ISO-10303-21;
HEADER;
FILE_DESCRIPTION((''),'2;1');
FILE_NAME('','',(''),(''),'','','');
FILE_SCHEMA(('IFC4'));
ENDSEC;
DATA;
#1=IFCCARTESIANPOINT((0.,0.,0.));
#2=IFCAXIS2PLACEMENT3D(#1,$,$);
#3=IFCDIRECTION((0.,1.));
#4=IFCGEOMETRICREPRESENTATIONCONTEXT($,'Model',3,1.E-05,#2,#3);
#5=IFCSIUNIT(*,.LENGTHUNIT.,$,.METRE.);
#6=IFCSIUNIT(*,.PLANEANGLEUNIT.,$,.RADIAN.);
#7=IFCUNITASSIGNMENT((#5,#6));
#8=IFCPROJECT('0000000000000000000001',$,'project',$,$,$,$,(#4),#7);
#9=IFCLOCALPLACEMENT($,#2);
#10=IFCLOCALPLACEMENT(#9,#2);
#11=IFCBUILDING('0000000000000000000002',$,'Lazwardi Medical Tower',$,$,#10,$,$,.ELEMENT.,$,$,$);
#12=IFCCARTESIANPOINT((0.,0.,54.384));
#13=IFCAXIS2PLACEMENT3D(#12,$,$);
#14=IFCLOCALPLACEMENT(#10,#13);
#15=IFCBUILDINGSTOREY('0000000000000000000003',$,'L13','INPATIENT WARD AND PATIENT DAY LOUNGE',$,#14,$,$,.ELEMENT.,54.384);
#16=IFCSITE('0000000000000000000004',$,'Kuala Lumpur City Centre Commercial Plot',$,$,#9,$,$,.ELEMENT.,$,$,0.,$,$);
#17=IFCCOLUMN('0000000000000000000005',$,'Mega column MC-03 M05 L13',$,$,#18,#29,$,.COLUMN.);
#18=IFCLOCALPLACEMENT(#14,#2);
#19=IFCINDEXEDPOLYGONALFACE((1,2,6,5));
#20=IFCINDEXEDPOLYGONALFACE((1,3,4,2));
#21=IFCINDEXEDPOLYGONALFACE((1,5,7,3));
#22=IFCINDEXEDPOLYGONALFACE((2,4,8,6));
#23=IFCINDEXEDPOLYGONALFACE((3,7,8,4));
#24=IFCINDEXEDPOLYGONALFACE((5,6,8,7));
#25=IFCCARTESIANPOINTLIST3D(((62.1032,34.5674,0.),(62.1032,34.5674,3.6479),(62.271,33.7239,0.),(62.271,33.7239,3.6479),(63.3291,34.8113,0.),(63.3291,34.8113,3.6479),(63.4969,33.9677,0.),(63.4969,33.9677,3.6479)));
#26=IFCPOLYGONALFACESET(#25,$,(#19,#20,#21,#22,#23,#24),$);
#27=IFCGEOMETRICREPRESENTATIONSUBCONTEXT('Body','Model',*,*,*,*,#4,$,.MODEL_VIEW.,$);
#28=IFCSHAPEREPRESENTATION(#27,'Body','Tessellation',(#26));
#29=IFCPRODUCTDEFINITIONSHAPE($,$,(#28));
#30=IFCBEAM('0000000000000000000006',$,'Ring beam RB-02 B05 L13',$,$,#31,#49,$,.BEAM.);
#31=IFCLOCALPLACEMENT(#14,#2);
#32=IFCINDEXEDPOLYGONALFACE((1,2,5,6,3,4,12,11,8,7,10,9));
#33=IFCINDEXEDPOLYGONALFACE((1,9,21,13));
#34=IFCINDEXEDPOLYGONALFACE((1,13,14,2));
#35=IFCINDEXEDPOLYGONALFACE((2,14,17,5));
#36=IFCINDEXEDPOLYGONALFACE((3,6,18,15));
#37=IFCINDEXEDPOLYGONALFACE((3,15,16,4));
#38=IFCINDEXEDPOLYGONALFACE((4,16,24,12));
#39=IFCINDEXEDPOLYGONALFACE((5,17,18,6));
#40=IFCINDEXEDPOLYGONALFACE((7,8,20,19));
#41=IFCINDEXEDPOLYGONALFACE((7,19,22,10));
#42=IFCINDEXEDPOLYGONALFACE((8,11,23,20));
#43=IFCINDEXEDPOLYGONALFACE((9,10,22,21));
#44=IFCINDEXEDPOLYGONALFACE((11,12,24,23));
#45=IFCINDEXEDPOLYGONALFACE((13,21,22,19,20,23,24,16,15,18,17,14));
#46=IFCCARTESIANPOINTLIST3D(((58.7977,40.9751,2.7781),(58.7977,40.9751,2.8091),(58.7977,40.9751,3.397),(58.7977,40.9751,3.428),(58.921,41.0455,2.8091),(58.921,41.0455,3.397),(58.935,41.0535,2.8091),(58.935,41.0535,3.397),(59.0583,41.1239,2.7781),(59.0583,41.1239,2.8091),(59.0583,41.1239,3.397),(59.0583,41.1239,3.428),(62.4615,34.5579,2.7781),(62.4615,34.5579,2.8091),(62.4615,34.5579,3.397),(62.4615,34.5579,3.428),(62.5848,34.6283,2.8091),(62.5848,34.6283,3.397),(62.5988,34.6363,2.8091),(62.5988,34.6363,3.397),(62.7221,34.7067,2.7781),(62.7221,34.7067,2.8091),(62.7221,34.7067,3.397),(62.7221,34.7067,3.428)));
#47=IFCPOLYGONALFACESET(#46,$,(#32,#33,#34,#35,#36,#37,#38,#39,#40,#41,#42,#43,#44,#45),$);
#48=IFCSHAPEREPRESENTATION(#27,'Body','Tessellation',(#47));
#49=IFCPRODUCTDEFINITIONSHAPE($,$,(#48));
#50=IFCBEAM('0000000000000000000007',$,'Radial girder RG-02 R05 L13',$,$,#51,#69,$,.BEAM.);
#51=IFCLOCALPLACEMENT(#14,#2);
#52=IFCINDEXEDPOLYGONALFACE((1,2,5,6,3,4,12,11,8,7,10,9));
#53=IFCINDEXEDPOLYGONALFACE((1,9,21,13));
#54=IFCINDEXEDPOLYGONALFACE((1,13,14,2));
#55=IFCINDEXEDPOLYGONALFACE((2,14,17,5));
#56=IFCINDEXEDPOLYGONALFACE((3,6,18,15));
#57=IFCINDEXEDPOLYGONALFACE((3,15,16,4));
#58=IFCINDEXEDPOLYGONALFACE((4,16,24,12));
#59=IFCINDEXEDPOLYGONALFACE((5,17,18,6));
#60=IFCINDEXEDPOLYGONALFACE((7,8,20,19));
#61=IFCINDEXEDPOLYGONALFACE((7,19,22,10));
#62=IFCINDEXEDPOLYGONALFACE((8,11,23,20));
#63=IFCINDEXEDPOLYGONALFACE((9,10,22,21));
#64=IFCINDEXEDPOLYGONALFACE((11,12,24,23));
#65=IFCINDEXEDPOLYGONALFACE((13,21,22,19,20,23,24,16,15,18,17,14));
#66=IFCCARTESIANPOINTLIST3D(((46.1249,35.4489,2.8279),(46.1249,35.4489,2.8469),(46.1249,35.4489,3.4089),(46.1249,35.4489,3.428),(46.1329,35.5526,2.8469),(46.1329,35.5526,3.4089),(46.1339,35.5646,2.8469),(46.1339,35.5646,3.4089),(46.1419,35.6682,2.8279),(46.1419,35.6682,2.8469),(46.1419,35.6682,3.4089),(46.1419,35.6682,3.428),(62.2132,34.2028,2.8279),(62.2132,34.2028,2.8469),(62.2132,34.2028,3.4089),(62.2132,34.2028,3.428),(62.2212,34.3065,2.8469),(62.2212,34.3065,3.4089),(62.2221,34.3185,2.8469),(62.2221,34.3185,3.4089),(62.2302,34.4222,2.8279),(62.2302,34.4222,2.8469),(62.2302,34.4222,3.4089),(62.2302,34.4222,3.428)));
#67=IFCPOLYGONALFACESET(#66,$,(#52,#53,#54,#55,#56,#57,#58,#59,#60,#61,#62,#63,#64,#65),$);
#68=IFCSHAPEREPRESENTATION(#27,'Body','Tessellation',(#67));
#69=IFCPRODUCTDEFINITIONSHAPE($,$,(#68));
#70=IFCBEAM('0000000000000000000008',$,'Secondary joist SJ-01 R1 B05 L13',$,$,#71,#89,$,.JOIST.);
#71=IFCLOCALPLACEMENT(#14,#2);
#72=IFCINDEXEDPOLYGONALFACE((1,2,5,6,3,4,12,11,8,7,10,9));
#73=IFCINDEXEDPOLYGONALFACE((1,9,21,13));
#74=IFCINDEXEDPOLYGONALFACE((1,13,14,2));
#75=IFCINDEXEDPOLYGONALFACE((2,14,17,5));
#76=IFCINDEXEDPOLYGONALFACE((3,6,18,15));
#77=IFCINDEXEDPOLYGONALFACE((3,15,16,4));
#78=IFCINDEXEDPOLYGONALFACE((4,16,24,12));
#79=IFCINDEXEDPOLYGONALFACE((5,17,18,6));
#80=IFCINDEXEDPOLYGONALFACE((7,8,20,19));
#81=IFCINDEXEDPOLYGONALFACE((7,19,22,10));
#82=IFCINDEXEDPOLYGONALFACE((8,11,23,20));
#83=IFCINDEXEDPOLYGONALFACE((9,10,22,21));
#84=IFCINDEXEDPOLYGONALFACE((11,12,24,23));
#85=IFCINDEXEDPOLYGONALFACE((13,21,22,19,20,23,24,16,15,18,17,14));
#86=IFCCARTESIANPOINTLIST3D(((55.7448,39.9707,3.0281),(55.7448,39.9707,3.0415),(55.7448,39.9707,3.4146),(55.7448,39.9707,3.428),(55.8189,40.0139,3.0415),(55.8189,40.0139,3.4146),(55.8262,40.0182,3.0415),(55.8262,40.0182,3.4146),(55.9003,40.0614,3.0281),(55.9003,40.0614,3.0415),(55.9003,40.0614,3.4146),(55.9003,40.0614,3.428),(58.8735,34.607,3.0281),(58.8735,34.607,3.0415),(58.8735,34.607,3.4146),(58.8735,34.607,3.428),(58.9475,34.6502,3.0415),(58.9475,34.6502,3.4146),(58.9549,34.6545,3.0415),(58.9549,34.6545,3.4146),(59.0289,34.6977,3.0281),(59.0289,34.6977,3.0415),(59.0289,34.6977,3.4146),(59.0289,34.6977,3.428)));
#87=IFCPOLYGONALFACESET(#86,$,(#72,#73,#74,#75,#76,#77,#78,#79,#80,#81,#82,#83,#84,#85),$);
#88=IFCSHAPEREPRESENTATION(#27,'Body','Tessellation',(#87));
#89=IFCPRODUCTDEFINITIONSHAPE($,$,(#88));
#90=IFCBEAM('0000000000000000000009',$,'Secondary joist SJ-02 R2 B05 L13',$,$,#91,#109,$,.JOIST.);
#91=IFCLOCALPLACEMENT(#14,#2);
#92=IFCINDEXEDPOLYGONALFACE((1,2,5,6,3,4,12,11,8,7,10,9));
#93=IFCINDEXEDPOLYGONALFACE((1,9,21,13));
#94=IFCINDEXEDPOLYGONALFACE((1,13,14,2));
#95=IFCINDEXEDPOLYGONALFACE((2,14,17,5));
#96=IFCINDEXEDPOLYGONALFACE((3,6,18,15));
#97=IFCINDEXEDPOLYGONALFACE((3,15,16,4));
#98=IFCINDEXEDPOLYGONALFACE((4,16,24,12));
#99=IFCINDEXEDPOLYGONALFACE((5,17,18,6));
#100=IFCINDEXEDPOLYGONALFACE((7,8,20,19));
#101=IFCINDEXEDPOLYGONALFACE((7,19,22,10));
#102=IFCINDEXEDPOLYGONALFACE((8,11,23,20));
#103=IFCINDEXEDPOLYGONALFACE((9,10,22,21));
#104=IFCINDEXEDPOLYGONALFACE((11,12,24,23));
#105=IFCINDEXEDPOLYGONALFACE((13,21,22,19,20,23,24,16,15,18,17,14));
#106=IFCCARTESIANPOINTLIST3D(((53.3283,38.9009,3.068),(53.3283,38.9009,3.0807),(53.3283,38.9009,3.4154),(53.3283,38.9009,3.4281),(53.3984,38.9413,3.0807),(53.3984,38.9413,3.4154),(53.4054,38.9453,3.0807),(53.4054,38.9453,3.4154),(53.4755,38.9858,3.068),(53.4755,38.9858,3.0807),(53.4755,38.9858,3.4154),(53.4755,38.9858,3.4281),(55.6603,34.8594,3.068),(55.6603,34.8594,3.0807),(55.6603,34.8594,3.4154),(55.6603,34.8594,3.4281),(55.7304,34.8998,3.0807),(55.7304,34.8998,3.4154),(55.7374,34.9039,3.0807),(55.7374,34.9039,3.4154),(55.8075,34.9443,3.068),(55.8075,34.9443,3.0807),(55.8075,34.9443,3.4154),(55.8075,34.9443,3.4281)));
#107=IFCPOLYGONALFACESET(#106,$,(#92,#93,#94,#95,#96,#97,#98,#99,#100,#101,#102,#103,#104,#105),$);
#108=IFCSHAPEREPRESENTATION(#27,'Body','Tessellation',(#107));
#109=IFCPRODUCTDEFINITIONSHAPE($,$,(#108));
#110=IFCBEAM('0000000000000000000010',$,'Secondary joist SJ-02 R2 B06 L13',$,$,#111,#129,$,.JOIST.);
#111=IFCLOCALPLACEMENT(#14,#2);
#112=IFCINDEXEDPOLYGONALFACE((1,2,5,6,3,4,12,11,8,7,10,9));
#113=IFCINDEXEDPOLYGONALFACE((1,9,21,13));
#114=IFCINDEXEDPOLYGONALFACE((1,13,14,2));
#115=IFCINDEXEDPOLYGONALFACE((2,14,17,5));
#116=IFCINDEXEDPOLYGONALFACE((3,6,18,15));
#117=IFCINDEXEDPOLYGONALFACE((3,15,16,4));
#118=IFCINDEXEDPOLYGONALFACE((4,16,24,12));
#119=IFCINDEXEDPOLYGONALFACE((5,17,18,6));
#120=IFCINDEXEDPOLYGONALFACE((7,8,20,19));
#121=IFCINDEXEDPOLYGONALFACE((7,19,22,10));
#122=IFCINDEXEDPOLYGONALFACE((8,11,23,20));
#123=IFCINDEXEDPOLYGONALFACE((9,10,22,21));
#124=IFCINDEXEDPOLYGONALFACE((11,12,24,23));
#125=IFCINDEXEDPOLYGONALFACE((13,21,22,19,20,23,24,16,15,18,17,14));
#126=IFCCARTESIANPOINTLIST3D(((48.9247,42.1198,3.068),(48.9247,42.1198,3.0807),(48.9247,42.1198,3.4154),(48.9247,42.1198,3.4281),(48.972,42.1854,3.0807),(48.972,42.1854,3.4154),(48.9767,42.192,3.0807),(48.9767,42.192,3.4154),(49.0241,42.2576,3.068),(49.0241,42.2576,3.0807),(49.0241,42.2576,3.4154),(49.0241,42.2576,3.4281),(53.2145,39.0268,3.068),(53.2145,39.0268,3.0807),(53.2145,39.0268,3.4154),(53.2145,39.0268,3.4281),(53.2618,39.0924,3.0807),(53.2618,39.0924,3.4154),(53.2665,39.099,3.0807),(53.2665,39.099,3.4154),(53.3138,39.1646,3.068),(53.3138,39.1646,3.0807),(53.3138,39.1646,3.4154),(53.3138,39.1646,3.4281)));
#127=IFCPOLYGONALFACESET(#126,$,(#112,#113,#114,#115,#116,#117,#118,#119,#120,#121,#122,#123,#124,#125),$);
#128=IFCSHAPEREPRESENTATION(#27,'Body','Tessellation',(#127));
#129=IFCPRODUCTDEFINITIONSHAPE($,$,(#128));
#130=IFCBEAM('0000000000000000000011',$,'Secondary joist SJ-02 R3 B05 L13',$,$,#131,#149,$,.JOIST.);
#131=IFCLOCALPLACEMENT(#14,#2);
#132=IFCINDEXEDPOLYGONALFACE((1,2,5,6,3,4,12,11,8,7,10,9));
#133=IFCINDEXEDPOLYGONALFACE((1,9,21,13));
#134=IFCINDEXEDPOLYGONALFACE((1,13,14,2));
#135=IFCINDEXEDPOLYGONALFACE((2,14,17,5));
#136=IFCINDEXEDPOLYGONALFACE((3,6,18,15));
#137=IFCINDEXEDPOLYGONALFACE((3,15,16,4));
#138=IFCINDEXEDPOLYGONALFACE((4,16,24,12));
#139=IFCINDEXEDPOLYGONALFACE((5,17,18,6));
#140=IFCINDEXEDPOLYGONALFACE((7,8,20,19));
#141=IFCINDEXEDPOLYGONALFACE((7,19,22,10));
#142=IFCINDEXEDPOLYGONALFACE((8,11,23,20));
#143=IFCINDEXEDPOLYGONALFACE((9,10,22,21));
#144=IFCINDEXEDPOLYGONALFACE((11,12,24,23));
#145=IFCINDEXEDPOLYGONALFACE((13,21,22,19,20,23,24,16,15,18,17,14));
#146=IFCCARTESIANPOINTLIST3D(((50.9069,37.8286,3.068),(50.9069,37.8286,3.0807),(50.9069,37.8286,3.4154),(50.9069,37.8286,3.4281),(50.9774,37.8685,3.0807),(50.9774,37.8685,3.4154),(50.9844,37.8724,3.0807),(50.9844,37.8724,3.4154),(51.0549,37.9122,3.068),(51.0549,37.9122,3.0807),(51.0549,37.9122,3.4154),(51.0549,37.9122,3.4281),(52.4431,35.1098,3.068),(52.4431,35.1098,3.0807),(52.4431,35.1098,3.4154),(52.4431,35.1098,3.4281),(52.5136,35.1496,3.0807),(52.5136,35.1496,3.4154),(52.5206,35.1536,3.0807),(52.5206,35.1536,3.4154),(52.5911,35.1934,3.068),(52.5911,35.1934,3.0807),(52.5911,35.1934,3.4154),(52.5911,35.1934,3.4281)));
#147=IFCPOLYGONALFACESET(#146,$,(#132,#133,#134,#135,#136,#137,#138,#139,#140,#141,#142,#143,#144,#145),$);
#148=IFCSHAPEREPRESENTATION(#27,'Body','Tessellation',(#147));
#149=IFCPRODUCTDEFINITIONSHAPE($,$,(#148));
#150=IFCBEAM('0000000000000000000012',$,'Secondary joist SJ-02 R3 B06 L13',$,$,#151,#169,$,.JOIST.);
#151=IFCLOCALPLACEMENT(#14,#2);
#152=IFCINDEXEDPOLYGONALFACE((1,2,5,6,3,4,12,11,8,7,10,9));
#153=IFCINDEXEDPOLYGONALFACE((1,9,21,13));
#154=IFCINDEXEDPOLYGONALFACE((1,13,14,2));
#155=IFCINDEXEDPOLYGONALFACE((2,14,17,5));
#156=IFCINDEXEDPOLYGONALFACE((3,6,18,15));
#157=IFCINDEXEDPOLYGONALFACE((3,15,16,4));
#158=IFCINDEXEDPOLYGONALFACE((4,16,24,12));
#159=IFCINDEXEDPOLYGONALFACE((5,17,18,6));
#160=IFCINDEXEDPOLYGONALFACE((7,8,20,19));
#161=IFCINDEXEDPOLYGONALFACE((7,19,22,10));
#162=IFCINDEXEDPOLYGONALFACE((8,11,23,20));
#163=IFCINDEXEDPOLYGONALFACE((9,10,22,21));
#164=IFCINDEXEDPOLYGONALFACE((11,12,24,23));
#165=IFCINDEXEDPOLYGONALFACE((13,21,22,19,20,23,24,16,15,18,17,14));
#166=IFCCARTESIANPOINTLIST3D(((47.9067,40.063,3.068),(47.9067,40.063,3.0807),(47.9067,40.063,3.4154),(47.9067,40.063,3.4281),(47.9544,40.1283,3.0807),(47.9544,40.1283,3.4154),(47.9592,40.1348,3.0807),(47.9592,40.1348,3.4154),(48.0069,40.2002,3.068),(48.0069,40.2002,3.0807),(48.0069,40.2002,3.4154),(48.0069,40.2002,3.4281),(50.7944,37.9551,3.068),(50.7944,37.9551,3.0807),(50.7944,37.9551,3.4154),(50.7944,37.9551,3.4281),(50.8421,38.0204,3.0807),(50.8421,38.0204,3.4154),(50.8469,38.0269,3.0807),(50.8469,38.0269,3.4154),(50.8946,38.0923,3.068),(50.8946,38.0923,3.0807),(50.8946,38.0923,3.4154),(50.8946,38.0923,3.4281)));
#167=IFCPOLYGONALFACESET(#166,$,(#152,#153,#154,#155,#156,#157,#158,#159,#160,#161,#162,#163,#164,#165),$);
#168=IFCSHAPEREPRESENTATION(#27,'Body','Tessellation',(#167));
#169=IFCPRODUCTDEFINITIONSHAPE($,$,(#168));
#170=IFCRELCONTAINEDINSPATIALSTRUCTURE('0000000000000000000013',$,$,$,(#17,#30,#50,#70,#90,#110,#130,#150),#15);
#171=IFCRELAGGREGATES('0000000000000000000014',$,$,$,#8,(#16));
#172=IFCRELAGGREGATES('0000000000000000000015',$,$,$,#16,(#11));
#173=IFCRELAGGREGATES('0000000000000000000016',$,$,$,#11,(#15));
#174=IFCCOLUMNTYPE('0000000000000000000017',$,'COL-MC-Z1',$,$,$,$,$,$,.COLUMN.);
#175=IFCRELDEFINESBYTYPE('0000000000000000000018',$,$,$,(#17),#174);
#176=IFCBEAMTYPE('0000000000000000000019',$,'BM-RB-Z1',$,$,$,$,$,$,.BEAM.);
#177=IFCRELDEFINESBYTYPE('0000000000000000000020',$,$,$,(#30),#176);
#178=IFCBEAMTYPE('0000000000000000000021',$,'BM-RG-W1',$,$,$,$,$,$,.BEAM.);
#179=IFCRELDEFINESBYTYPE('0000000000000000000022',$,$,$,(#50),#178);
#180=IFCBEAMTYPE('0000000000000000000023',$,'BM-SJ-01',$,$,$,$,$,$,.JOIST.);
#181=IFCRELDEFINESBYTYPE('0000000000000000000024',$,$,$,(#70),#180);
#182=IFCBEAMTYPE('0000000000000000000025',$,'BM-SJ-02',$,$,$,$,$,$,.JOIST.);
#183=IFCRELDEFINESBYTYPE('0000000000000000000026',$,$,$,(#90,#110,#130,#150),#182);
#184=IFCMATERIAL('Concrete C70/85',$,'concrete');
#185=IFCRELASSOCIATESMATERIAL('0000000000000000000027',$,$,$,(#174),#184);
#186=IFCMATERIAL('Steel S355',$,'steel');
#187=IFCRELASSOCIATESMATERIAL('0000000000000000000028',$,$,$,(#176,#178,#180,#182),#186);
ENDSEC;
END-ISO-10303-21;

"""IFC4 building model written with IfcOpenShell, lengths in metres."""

from ifc_helpers import new_model, si_unit, direction, frame, origin, origin_2d, place, context, subcontext, project, spatial, rectangle, i_section, extrude, material, material_profile, profile_set, type_object, element, save


model = new_model("IFC4")

# Units and contexts
model_context = context("Model", 3, precision=1e-05, world=origin(), true_north=direction((0.0, 1.0)))
body_context = subcontext(model_context, "Body", "Model", "MODEL_VIEW")
ifc_project = project(units=[si_unit("LENGTHUNIT", "METRE"), si_unit("PLANEANGLEUNIT", "RADIAN")], contexts=[model_context])

# Site, building, storey
site_placement = place(None, origin())
site = spatial("IfcSite", under=ifc_project, at=site_placement, Name="Kuala Lumpur City Centre Commercial Plot", CompositionType="ELEMENT", RefElevation=0.0)
building_placement = place(site_placement, origin())
building = spatial("IfcBuilding", under=site, at=building_placement, Name="Lazwardi Medical Tower", CompositionType="ELEMENT")
storey_placement = place(building_placement, frame((0.0, 0.0, 54.384)))
storey = spatial("IfcBuildingStorey", under=building, at=storey_placement, Name="L13", Description="INPATIENT WARD AND PATIENT DAY LOUNGE", CompositionType="ELEMENT", Elevation=54.384)

# Column
ifc_material_1 = material(Name="Concrete C70/85", Category="concrete")
ifc_material_profile_1 = material_profile(ifc_material_1, rectangle(XDim=1.25, YDim=0.8601, at=origin_2d()), Name="CFT-RECT 1250x860")
ifc_profile_set_1 = profile_set([ifc_material_profile_1], Name="Concrete C70/85")
column_type = type_object("IfcColumnType", Name="COL-MC-Z1", PredefinedType="COLUMN", material=ifc_profile_set_1)
column_placement = place(storey_placement, frame((62.8, 34.2676, 0.0), z_axis=(0.0, 0.0, 1.0), x_axis=(0.980785, 0.19509, 0.0)))
element("IfcColumn", 1, at=column_placement, inside=storey, type_object=column_type, Name="Mega column MC-03 M05 L13", PredefinedType="COLUMN", context=body_context, shape_type="SweptSolid", body=[
    extrude(rectangle(XDim=1.25, YDim=0.8601, at=origin_2d()), origin(), (0.0, 0.0, 1.0), 3.6479),
])

# Beams
ifc_material_2 = material(Name="Steel S355", Category="steel")
ifc_material_profile_2 = material_profile(ifc_material_2, i_section(OverallWidth=0.3, OverallDepth=0.6499, WebThickness=0.0161, FlangeThickness=0.031, at=origin_2d()), Name="HEB 650")
ifc_profile_set_2 = profile_set([ifc_material_profile_2], Name="Steel S355")
beam_type_1 = type_object("IfcBeamType", Name="BM-RB-Z1", PredefinedType="BEAM", material=ifc_profile_set_2)
beam_1_placement = place(storey_placement, frame((62.5918, 34.6323, 3.103), z_axis=(-0.495815, 0.868428, 0.0), x_axis=(-0.868428, -0.495815, 0.0)))
element("IfcBeam", 2, at=beam_1_placement, inside=storey, type_object=beam_type_1, Name="Ring beam RB-02 B05 L13", PredefinedType="BEAM", context=body_context, shape_type="SweptSolid", body=[
    extrude(i_section(OverallWidth=0.3, OverallDepth=0.6499, WebThickness=0.0161, FlangeThickness=0.031, at=origin_2d()), origin(), (0.0, 0.0, 1.0), 7.3894),
])
ifc_material_profile_3 = material_profile(ifc_material_2, i_section(OverallWidth=0.22, OverallDepth=0.6001, WebThickness=0.012, FlangeThickness=0.019, at=origin_2d()), Name="IPE 600")
ifc_profile_set_3 = profile_set([ifc_material_profile_3], Name="Steel S355")
beam_type_2 = type_object("IfcBeamType", Name="BM-RG-W1", PredefinedType="BEAM", material=ifc_profile_set_3)
beam_2_placement = place(storey_placement, frame((62.2217, 34.3125, 3.1279), z_axis=(-0.997014, 0.077222, 0.0), x_axis=(-0.077222, -0.997014, 0.0)))
element("IfcBeam", 3, at=beam_2_placement, inside=storey, type_object=beam_type_2, Name="Radial girder RG-02 R05 L13", PredefinedType="BEAM", context=body_context, shape_type="SweptSolid", body=[
    extrude(i_section(OverallWidth=0.22, OverallDepth=0.6001, WebThickness=0.012, FlangeThickness=0.019, at=origin_2d()), origin(), (0.0, 0.0, 1.0), 16.1365),
])
ifc_material_profile_4 = material_profile(ifc_material_2, i_section(OverallWidth=0.1799, OverallDepth=0.3999, WebThickness=0.0085, FlangeThickness=0.0134, at=origin_2d()), Name="IPE 400")
ifc_profile_set_4 = profile_set([ifc_material_profile_4], Name="Steel S355")
beam_type_3 = type_object("IfcBeamType", Name="BM-SJ-01", PredefinedType="JOIST", material=ifc_profile_set_4)
beam_3_placement = place(storey_placement, frame((58.9512, 34.6523, 3.228), z_axis=(-0.503847, 0.863793, 0.0), x_axis=(-0.863793, -0.503847, 0.0)))
element("IfcBeam", 4, at=beam_3_placement, inside=storey, type_object=beam_type_3, Name="Secondary joist SJ-01 R1 B05 L13", PredefinedType="JOIST", context=body_context, shape_type="SweptSolid", body=[
    extrude(i_section(OverallWidth=0.1799, OverallDepth=0.3999, WebThickness=0.0085, FlangeThickness=0.0134, at=origin_2d()), origin(), (0.0, 0.0, 1.0), 6.2095),
])
ifc_material_profile_5 = material_profile(ifc_material_2, i_section(OverallWidth=0.1699, OverallDepth=0.3601, WebThickness=0.0081, FlangeThickness=0.0127, at=origin_2d()), Name="IPE 360")
ifc_profile_set_5 = profile_set([ifc_material_profile_5], Name="Steel S355")
beam_type_4 = type_object("IfcBeamType", Name="BM-SJ-02", PredefinedType="JOIST", material=ifc_profile_set_5)
beam_4_placement = place(storey_placement, frame((55.7339, 34.9019, 3.248), z_axis=(-0.499786, 0.866149, 0.0), x_axis=(-0.866149, -0.499786, 0.0)))
element("IfcBeam", 5, at=beam_4_placement, inside=storey, type_object=beam_type_4, Name="Secondary joist SJ-02 R2 B05 L13", PredefinedType="JOIST", context=body_context, shape_type="SweptSolid", body=[
    extrude(i_section(OverallWidth=0.1699, OverallDepth=0.3601, WebThickness=0.0081, FlangeThickness=0.0127, at=origin_2d()), origin(), (0.0, 0.0, 1.0), 4.666),
])
beam_5_placement = place(storey_placement, frame((53.2642, 39.0957, 3.248), z_axis=(-0.811143, 0.584848, 0.0), x_axis=(-0.584848, -0.811143, 0.0)))
element("IfcBeam", 6, at=beam_5_placement, inside=storey, type_object=beam_type_4, Name="Secondary joist SJ-02 R2 B06 L13", PredefinedType="JOIST", context=body_context, shape_type="SweptSolid", body=[
    extrude(i_section(OverallWidth=0.1699, OverallDepth=0.3601, WebThickness=0.0081, FlangeThickness=0.0127, at=origin_2d()), origin(), (0.0, 0.0, 1.0), 5.2886),
])
beam_6_placement = place(storey_placement, frame((52.5171, 35.1516, 3.248), z_axis=(-0.491923, 0.870639, 0.0), x_axis=(-0.870639, -0.491923, 0.0)))
element("IfcBeam", 7, at=beam_6_placement, inside=storey, type_object=beam_type_4, Name="Secondary joist SJ-02 R3 B05 L13", PredefinedType="JOIST", context=body_context, shape_type="SweptSolid", body=[
    extrude(i_section(OverallWidth=0.1699, OverallDepth=0.3601, WebThickness=0.0081, FlangeThickness=0.0127, at=origin_2d()), origin(), (0.0, 0.0, 1.0), 3.1228),
])
beam_7_placement = place(storey_placement, frame((50.8445, 38.0237, 3.248), z_axis=(-0.807701, 0.589592, 0.0), x_axis=(-0.589592, -0.807701, 0.0)))
element("IfcBeam", 8, at=beam_7_placement, inside=storey, type_object=beam_type_4, Name="Secondary joist SJ-02 R3 B06 L13", PredefinedType="JOIST", context=body_context, shape_type="SweptSolid", body=[
    extrude(i_section(OverallWidth=0.1699, OverallDepth=0.3601, WebThickness=0.0081, FlangeThickness=0.0127, at=origin_2d()), origin(), (0.0, 0.0, 1.0), 3.5752),
])

save(model, "model.ifc")
